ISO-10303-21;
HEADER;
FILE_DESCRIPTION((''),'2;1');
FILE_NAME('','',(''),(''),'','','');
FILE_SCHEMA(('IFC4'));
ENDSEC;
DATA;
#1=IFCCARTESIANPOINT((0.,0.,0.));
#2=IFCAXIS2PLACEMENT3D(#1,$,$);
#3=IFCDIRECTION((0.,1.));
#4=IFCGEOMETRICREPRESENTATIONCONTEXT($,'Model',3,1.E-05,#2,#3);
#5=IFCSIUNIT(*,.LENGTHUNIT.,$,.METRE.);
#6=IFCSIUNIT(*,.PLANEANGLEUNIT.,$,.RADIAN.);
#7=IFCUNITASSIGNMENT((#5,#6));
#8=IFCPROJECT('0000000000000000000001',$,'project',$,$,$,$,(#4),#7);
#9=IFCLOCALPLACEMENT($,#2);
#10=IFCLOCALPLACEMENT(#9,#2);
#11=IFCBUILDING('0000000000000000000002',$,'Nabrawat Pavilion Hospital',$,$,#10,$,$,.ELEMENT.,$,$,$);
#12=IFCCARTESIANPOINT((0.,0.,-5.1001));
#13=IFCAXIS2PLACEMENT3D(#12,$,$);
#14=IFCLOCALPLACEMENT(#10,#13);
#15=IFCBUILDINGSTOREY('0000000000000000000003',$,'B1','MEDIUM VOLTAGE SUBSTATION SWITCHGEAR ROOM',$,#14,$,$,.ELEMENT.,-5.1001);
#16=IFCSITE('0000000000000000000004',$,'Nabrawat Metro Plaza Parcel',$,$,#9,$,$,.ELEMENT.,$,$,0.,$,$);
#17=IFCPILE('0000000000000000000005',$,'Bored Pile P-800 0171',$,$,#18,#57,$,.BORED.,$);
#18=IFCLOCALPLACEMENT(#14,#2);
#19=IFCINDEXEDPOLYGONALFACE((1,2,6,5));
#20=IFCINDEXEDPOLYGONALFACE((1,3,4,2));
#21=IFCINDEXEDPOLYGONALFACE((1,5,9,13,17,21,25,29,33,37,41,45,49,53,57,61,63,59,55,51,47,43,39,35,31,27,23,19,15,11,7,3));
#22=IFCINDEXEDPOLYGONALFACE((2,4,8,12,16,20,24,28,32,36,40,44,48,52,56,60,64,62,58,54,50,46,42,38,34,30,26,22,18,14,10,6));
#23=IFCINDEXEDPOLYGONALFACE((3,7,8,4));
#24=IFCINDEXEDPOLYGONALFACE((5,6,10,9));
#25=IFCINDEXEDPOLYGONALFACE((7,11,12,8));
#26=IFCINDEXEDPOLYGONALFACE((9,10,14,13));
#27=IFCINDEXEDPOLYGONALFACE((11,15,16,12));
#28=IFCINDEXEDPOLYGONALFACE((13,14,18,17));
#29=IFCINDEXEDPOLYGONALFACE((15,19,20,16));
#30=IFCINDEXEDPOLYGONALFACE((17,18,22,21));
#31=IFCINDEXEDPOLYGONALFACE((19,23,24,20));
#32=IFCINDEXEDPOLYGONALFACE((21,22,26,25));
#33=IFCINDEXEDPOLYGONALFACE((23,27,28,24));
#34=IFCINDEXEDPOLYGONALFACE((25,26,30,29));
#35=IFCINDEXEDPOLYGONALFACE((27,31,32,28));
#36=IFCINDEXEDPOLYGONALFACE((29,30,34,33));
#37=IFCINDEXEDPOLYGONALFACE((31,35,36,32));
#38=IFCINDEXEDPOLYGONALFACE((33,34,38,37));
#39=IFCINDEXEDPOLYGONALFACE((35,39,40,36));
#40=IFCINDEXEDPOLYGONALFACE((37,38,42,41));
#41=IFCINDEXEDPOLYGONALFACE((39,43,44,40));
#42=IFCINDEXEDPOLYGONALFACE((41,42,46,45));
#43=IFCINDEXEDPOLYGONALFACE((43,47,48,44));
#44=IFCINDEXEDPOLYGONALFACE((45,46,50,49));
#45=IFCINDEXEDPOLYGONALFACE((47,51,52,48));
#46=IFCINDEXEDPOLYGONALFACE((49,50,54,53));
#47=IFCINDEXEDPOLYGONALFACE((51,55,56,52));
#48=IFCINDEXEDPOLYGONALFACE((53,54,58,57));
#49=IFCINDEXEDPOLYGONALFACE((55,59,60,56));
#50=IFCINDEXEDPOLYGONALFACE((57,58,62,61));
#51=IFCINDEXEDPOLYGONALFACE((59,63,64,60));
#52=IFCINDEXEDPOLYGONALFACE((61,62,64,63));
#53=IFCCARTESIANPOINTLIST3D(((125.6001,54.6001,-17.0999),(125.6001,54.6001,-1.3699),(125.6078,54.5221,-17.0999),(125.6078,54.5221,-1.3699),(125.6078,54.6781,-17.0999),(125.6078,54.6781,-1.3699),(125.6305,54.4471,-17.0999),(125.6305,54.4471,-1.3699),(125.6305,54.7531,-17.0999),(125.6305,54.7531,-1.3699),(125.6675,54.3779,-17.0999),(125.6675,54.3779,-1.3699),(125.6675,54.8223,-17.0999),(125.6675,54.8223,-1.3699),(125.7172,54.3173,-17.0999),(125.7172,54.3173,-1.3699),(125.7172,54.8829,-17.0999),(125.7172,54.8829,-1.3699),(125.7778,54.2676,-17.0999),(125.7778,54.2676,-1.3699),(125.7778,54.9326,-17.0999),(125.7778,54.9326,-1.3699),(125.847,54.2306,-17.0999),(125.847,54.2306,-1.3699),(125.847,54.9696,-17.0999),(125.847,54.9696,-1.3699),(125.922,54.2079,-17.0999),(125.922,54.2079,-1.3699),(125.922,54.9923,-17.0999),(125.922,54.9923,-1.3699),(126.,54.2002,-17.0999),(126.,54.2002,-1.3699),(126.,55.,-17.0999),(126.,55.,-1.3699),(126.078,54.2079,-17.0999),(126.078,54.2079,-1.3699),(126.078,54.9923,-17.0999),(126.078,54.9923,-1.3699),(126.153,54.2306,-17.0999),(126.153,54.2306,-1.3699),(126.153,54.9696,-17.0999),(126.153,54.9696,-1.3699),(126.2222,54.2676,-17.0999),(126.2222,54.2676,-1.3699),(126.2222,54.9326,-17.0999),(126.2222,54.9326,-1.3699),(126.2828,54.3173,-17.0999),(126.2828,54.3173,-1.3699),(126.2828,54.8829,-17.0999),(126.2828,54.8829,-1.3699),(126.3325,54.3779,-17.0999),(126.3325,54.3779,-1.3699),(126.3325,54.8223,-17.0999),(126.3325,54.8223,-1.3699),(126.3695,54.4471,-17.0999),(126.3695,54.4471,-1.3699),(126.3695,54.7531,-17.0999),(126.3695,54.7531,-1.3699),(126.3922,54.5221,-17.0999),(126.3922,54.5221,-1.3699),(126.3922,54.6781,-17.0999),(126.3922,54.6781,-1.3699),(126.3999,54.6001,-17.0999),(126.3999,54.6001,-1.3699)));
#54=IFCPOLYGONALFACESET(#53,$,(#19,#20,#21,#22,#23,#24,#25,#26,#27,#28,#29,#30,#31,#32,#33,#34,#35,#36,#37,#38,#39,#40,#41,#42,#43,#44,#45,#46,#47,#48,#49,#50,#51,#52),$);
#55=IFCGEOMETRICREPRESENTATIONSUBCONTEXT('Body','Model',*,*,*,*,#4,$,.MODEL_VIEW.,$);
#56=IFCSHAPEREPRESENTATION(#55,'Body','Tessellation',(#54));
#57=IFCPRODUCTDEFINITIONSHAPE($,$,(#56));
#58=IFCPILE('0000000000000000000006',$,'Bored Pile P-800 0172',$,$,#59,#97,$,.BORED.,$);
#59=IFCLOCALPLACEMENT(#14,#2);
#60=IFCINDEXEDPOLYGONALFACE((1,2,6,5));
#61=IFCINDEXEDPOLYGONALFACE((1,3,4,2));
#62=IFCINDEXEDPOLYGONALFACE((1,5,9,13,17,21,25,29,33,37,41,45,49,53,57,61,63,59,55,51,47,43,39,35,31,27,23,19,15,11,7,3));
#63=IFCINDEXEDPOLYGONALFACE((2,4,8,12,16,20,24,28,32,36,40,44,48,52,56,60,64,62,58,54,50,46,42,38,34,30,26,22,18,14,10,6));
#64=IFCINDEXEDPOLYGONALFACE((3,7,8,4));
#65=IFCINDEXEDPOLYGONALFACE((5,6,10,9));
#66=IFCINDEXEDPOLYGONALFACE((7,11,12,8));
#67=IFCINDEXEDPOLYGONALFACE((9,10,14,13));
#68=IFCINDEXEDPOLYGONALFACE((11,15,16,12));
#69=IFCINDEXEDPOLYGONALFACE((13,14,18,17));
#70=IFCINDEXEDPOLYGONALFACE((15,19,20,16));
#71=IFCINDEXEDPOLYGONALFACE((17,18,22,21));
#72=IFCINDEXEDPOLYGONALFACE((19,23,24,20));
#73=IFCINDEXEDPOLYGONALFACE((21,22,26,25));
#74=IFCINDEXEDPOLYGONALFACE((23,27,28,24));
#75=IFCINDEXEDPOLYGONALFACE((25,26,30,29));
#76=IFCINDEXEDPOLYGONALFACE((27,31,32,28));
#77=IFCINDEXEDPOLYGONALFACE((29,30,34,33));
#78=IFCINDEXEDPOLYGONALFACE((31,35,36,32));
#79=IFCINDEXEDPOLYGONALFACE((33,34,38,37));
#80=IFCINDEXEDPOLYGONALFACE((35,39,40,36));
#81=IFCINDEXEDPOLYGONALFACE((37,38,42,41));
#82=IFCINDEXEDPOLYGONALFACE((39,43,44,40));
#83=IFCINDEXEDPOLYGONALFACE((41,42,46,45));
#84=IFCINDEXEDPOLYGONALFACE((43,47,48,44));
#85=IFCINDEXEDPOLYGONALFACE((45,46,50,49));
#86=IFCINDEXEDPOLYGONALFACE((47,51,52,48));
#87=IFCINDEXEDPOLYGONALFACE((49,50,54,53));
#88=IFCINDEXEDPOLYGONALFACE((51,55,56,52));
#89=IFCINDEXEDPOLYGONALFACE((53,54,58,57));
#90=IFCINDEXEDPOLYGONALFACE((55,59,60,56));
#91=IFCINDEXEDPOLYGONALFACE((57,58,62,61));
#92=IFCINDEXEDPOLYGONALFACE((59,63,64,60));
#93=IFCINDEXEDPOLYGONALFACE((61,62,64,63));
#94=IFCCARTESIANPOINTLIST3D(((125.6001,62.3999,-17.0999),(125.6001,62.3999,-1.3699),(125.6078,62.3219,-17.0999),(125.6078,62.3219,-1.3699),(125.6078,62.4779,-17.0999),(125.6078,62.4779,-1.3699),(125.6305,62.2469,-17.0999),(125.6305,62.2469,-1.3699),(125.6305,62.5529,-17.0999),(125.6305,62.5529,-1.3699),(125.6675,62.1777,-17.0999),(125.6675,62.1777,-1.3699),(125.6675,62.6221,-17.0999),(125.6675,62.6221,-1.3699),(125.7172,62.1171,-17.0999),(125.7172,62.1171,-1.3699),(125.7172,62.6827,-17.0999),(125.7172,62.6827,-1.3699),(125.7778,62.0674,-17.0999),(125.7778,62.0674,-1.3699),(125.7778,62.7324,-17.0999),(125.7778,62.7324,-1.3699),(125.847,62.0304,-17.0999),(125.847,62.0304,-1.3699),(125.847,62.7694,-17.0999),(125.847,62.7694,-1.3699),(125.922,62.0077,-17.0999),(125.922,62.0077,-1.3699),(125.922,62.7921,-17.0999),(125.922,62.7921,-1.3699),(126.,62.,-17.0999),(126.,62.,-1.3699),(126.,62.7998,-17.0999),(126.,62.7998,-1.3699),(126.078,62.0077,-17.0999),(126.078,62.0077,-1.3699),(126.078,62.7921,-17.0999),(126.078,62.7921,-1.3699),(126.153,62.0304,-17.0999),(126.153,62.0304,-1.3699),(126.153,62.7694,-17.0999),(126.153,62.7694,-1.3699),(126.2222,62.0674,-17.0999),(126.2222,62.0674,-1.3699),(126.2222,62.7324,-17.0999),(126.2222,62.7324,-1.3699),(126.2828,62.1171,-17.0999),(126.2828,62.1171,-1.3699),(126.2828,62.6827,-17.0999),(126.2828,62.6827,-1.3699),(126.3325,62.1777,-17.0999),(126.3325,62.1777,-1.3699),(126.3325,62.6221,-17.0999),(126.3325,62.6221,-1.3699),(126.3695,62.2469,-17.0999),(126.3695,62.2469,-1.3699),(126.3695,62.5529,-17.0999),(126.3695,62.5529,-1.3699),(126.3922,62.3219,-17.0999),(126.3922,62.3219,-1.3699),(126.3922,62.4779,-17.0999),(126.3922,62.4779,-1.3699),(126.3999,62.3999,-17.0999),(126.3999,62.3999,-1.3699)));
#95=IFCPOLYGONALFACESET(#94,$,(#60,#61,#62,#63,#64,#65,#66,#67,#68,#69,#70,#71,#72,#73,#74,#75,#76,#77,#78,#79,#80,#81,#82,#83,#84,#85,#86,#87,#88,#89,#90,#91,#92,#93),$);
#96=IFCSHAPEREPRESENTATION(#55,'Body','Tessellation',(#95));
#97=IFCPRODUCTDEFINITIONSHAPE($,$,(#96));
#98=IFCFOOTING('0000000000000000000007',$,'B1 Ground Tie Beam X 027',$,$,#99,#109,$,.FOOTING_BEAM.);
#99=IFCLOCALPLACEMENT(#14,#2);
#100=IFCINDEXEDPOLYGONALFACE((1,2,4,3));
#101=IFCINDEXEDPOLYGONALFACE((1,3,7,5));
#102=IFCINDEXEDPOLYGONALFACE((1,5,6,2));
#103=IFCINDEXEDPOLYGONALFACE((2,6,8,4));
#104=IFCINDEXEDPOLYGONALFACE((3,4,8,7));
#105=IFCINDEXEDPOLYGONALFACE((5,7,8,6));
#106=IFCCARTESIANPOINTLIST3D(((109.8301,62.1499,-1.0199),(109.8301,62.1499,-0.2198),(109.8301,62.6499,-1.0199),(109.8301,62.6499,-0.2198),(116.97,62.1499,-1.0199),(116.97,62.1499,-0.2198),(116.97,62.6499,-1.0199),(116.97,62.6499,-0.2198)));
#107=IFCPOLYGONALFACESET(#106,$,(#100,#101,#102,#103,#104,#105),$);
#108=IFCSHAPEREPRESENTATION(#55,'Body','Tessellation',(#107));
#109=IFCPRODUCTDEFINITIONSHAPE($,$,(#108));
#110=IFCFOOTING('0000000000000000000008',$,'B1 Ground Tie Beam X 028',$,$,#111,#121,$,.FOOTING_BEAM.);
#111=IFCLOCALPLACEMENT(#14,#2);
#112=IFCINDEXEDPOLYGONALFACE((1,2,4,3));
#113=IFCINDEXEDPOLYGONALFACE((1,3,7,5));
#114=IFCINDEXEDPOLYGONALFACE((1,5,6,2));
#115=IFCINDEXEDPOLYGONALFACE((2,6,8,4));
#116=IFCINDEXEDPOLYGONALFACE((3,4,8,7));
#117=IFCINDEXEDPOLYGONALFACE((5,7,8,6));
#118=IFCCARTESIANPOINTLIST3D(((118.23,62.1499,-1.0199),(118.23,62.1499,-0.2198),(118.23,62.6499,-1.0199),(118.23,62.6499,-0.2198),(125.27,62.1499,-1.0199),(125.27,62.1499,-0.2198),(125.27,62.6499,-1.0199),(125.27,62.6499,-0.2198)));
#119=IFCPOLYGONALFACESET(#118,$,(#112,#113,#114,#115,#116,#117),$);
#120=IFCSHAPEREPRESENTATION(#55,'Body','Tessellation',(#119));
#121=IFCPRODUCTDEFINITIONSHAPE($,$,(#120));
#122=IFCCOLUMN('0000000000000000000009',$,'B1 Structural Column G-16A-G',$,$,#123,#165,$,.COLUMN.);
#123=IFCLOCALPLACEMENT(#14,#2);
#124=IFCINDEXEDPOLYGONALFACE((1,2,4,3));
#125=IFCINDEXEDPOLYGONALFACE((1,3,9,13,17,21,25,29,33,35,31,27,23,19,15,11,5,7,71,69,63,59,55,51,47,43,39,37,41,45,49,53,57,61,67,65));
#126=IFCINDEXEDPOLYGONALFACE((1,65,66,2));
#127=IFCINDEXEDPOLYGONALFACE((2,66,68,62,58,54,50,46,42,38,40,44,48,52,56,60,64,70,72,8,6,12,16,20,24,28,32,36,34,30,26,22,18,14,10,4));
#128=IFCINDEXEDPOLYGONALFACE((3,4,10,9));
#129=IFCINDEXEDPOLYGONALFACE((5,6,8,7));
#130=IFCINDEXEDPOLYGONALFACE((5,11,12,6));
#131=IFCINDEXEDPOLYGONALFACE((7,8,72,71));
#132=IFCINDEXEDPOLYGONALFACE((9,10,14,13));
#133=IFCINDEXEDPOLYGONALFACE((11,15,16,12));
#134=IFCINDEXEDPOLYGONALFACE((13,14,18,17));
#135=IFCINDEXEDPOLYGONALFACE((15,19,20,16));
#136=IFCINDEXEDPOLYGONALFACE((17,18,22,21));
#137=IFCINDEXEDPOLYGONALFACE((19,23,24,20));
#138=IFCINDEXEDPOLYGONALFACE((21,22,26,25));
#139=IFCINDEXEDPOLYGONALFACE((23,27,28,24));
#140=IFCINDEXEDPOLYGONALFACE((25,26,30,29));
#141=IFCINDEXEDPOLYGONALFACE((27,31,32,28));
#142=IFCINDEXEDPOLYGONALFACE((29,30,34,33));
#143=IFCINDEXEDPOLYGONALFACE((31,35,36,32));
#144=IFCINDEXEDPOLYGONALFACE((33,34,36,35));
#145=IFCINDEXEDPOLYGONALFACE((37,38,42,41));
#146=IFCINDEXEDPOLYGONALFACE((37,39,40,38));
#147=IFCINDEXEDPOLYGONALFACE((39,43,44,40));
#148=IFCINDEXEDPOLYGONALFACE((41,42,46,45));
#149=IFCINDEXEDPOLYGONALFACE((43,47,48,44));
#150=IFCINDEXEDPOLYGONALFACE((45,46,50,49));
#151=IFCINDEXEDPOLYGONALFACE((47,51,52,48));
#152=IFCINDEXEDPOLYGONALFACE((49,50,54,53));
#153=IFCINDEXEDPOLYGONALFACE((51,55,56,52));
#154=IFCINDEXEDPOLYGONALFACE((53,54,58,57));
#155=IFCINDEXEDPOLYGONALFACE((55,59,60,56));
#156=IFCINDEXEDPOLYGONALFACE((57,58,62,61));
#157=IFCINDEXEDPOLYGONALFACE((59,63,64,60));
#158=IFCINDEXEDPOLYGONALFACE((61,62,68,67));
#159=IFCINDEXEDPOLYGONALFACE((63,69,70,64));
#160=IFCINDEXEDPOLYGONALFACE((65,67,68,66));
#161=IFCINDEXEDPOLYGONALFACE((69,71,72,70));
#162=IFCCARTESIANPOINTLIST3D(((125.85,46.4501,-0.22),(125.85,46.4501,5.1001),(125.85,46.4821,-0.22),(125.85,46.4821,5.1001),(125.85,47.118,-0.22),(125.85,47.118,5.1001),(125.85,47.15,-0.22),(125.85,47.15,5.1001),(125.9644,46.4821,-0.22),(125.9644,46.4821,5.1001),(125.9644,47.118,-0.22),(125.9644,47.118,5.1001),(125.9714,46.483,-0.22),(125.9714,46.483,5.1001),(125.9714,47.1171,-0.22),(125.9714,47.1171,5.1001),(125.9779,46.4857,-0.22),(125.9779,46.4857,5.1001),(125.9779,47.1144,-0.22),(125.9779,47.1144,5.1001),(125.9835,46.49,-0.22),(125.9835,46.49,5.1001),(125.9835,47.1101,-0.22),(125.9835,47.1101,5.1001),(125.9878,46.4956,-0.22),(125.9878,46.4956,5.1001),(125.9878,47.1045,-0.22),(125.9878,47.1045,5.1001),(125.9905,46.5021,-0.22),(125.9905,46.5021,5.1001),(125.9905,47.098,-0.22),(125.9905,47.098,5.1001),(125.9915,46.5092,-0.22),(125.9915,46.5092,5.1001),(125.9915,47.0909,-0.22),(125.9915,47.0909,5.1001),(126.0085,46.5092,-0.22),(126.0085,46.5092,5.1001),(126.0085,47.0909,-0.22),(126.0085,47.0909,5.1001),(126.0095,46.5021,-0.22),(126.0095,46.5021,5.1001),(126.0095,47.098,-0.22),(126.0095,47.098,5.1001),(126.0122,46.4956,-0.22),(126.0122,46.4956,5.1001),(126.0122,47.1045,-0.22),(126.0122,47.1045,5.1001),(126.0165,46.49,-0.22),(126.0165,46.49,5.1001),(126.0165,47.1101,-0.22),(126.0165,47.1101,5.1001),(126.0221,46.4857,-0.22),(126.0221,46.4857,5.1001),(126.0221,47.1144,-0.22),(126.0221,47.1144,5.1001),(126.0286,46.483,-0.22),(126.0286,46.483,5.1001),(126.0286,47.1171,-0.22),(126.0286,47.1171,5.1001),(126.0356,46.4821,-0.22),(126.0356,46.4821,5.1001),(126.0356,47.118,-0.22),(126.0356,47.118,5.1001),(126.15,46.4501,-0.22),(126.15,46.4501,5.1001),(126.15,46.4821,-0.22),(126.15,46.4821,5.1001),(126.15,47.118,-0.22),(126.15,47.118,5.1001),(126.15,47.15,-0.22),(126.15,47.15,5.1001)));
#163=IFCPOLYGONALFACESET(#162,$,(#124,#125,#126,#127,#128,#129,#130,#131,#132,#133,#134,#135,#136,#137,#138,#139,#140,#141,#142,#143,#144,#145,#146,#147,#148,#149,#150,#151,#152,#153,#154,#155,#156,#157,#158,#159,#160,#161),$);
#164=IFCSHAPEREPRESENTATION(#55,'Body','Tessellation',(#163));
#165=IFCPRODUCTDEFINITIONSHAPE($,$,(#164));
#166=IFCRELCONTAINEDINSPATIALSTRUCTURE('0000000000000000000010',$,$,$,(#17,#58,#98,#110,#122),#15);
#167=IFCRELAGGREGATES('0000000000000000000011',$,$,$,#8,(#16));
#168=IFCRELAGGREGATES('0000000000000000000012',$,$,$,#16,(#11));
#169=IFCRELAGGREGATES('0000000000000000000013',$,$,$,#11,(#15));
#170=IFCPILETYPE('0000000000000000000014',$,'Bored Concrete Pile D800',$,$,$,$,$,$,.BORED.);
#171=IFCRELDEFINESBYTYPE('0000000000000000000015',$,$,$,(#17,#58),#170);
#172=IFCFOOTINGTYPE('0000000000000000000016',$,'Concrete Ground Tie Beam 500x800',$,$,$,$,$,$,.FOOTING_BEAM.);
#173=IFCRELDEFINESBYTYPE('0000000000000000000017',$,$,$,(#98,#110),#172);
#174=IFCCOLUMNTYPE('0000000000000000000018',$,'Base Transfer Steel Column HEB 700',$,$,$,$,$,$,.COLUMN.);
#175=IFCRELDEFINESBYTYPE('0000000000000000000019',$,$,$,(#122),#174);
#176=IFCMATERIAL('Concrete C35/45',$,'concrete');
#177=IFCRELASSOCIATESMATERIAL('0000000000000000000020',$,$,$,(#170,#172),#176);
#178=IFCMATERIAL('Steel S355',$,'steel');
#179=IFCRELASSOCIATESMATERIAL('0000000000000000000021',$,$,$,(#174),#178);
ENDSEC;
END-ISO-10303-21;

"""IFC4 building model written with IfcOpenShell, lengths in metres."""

from ifc_helpers import new_model, si_unit, direction, frame, origin, origin_2d, place, context, subcontext, project, spatial, rectangle, circle, i_section, extrude, material, material_profile, profile_set, type_object, element, save


model = new_model("IFC4")

# Units and contexts
model_context = context("Model", 3, precision=1e-05, world=origin(), true_north=direction((0.0, 1.0)))
body_context = subcontext(model_context, "Body", "Model", "MODEL_VIEW")
ifc_project = project(units=[si_unit("LENGTHUNIT", "METRE"), si_unit("PLANEANGLEUNIT", "RADIAN")], contexts=[model_context])

# Site, building, storey
site_placement = place(None, origin())
site = spatial("IfcSite", under=ifc_project, at=site_placement, Name="Nabrawat Metro Plaza Parcel", CompositionType="ELEMENT", RefElevation=0.0)
building_placement = place(site_placement, origin())
building = spatial("IfcBuilding", under=site, at=building_placement, Name="Nabrawat Pavilion Hospital", CompositionType="ELEMENT")
storey_placement = place(building_placement, frame((0.0, 0.0, -5.1001)))
storey = spatial("IfcBuildingStorey", under=building, at=storey_placement, Name="B1", Description="MEDIUM VOLTAGE SUBSTATION SWITCHGEAR ROOM", CompositionType="ELEMENT", Elevation=-5.1001)

# Piles
ifc_material_1 = material(Name="Concrete C35/45", Category="concrete")
ifc_material_profile_1 = material_profile(ifc_material_1, circle(Radius=0.3999, at=origin_2d()), Name="DIA 800")
ifc_profile_set_1 = profile_set([ifc_material_profile_1], Name="Concrete C35/45")
pile_type_1 = type_object("IfcPileType", Name="Bored Concrete Pile D800", PredefinedType="BORED", material=ifc_profile_set_1)
for number, where, z_axis, x_axis, name in (
    (1, (126.0, 54.6001, -1.3699), (0.0, 0.0, -1.0), (1.0, 0.0, 0.0), "Bored Pile P-800 0171"),
    (2, (126.0, 62.3999, -1.3699), (0.0, 0.0, -1.0), (1.0, 0.0, 0.0), "Bored Pile P-800 0172"),
):
    element("IfcPile", number, at=place(storey_placement, frame(where, z_axis=z_axis, x_axis=x_axis)), inside=storey, type_object=pile_type_1, Name=name, PredefinedType="BORED", context=body_context, shape_type="SweptSolid", body=[
        extrude(circle(Radius=0.3999, at=origin_2d()), origin(), (0.0, 0.0, 1.0), 15.73),
    ])

# Footings
ifc_material_profile_2 = material_profile(ifc_material_1, rectangle(XDim=0.5, YDim=0.8, at=origin_2d()), Name="RC 500x800")
ifc_profile_set_2 = profile_set([ifc_material_profile_2], Name="Concrete C35/45")
footing_type = type_object("IfcFootingType", Name="Concrete Ground Tie Beam 500x800", PredefinedType="FOOTING_BEAM", material=ifc_profile_set_2)
footing_1_placement = place(storey_placement, frame((109.8301, 62.3999, -0.6199), z_axis=(1.0, 0.0, 0.0), x_axis=(0.0, 1.0, 0.0)))
element("IfcFooting", 3, at=footing_1_placement, inside=storey, type_object=footing_type, Name="B1 Ground Tie Beam X 027", PredefinedType="FOOTING_BEAM", context=body_context, shape_type="SweptSolid", body=[
    extrude(rectangle(XDim=0.5, YDim=0.8, at=origin_2d()), origin(), (0.0, 0.0, 1.0), 7.1399),
])
footing_2_placement = place(storey_placement, frame((118.23, 62.3999, -0.6199), z_axis=(1.0, 0.0, 0.0), x_axis=(0.0, 1.0, 0.0)))
element("IfcFooting", 4, at=footing_2_placement, inside=storey, type_object=footing_type, Name="B1 Ground Tie Beam X 028", PredefinedType="FOOTING_BEAM", context=body_context, shape_type="SweptSolid", body=[
    extrude(rectangle(XDim=0.5, YDim=0.8, at=origin_2d()), origin(), (0.0, 0.0, 1.0), 7.04),
])

# Column
ifc_material_2 = material(Name="Steel S355", Category="steel")
ifc_material_profile_3 = material_profile(ifc_material_2, i_section(OverallWidth=0.3, OverallDepth=0.7, WebThickness=0.0171, FlangeThickness=0.032, FilletRadius=0.0271, at=origin_2d()), Name="HEB 700")
ifc_profile_set_3 = profile_set([ifc_material_profile_3], Name="Steel S355")
column_type_1 = type_object("IfcColumnType", Name="Base Transfer Steel Column HEB 700", PredefinedType="COLUMN", material=ifc_profile_set_3)
for number, where, z_axis, x_axis, name in (
    (5, (126.0, 46.8, -0.22), (0.0, 0.0, 1.0), (1.0, 0.0, 0.0), "B1 Structural Column G-16A-G"),
):
    element("IfcColumn", number, at=place(storey_placement, frame(where, z_axis=z_axis, x_axis=x_axis)), inside=storey, type_object=column_type_1, Name=name, PredefinedType="COLUMN", context=body_context, shape_type="SweptSolid", body=[
        extrude(i_section(OverallWidth=0.3, OverallDepth=0.7, WebThickness=0.0171, FlangeThickness=0.032, FilletRadius=0.0271, at=origin_2d()), origin(), (0.0, 0.0, 1.0), 5.3201),
    ])

save(model, "model.ifc")
